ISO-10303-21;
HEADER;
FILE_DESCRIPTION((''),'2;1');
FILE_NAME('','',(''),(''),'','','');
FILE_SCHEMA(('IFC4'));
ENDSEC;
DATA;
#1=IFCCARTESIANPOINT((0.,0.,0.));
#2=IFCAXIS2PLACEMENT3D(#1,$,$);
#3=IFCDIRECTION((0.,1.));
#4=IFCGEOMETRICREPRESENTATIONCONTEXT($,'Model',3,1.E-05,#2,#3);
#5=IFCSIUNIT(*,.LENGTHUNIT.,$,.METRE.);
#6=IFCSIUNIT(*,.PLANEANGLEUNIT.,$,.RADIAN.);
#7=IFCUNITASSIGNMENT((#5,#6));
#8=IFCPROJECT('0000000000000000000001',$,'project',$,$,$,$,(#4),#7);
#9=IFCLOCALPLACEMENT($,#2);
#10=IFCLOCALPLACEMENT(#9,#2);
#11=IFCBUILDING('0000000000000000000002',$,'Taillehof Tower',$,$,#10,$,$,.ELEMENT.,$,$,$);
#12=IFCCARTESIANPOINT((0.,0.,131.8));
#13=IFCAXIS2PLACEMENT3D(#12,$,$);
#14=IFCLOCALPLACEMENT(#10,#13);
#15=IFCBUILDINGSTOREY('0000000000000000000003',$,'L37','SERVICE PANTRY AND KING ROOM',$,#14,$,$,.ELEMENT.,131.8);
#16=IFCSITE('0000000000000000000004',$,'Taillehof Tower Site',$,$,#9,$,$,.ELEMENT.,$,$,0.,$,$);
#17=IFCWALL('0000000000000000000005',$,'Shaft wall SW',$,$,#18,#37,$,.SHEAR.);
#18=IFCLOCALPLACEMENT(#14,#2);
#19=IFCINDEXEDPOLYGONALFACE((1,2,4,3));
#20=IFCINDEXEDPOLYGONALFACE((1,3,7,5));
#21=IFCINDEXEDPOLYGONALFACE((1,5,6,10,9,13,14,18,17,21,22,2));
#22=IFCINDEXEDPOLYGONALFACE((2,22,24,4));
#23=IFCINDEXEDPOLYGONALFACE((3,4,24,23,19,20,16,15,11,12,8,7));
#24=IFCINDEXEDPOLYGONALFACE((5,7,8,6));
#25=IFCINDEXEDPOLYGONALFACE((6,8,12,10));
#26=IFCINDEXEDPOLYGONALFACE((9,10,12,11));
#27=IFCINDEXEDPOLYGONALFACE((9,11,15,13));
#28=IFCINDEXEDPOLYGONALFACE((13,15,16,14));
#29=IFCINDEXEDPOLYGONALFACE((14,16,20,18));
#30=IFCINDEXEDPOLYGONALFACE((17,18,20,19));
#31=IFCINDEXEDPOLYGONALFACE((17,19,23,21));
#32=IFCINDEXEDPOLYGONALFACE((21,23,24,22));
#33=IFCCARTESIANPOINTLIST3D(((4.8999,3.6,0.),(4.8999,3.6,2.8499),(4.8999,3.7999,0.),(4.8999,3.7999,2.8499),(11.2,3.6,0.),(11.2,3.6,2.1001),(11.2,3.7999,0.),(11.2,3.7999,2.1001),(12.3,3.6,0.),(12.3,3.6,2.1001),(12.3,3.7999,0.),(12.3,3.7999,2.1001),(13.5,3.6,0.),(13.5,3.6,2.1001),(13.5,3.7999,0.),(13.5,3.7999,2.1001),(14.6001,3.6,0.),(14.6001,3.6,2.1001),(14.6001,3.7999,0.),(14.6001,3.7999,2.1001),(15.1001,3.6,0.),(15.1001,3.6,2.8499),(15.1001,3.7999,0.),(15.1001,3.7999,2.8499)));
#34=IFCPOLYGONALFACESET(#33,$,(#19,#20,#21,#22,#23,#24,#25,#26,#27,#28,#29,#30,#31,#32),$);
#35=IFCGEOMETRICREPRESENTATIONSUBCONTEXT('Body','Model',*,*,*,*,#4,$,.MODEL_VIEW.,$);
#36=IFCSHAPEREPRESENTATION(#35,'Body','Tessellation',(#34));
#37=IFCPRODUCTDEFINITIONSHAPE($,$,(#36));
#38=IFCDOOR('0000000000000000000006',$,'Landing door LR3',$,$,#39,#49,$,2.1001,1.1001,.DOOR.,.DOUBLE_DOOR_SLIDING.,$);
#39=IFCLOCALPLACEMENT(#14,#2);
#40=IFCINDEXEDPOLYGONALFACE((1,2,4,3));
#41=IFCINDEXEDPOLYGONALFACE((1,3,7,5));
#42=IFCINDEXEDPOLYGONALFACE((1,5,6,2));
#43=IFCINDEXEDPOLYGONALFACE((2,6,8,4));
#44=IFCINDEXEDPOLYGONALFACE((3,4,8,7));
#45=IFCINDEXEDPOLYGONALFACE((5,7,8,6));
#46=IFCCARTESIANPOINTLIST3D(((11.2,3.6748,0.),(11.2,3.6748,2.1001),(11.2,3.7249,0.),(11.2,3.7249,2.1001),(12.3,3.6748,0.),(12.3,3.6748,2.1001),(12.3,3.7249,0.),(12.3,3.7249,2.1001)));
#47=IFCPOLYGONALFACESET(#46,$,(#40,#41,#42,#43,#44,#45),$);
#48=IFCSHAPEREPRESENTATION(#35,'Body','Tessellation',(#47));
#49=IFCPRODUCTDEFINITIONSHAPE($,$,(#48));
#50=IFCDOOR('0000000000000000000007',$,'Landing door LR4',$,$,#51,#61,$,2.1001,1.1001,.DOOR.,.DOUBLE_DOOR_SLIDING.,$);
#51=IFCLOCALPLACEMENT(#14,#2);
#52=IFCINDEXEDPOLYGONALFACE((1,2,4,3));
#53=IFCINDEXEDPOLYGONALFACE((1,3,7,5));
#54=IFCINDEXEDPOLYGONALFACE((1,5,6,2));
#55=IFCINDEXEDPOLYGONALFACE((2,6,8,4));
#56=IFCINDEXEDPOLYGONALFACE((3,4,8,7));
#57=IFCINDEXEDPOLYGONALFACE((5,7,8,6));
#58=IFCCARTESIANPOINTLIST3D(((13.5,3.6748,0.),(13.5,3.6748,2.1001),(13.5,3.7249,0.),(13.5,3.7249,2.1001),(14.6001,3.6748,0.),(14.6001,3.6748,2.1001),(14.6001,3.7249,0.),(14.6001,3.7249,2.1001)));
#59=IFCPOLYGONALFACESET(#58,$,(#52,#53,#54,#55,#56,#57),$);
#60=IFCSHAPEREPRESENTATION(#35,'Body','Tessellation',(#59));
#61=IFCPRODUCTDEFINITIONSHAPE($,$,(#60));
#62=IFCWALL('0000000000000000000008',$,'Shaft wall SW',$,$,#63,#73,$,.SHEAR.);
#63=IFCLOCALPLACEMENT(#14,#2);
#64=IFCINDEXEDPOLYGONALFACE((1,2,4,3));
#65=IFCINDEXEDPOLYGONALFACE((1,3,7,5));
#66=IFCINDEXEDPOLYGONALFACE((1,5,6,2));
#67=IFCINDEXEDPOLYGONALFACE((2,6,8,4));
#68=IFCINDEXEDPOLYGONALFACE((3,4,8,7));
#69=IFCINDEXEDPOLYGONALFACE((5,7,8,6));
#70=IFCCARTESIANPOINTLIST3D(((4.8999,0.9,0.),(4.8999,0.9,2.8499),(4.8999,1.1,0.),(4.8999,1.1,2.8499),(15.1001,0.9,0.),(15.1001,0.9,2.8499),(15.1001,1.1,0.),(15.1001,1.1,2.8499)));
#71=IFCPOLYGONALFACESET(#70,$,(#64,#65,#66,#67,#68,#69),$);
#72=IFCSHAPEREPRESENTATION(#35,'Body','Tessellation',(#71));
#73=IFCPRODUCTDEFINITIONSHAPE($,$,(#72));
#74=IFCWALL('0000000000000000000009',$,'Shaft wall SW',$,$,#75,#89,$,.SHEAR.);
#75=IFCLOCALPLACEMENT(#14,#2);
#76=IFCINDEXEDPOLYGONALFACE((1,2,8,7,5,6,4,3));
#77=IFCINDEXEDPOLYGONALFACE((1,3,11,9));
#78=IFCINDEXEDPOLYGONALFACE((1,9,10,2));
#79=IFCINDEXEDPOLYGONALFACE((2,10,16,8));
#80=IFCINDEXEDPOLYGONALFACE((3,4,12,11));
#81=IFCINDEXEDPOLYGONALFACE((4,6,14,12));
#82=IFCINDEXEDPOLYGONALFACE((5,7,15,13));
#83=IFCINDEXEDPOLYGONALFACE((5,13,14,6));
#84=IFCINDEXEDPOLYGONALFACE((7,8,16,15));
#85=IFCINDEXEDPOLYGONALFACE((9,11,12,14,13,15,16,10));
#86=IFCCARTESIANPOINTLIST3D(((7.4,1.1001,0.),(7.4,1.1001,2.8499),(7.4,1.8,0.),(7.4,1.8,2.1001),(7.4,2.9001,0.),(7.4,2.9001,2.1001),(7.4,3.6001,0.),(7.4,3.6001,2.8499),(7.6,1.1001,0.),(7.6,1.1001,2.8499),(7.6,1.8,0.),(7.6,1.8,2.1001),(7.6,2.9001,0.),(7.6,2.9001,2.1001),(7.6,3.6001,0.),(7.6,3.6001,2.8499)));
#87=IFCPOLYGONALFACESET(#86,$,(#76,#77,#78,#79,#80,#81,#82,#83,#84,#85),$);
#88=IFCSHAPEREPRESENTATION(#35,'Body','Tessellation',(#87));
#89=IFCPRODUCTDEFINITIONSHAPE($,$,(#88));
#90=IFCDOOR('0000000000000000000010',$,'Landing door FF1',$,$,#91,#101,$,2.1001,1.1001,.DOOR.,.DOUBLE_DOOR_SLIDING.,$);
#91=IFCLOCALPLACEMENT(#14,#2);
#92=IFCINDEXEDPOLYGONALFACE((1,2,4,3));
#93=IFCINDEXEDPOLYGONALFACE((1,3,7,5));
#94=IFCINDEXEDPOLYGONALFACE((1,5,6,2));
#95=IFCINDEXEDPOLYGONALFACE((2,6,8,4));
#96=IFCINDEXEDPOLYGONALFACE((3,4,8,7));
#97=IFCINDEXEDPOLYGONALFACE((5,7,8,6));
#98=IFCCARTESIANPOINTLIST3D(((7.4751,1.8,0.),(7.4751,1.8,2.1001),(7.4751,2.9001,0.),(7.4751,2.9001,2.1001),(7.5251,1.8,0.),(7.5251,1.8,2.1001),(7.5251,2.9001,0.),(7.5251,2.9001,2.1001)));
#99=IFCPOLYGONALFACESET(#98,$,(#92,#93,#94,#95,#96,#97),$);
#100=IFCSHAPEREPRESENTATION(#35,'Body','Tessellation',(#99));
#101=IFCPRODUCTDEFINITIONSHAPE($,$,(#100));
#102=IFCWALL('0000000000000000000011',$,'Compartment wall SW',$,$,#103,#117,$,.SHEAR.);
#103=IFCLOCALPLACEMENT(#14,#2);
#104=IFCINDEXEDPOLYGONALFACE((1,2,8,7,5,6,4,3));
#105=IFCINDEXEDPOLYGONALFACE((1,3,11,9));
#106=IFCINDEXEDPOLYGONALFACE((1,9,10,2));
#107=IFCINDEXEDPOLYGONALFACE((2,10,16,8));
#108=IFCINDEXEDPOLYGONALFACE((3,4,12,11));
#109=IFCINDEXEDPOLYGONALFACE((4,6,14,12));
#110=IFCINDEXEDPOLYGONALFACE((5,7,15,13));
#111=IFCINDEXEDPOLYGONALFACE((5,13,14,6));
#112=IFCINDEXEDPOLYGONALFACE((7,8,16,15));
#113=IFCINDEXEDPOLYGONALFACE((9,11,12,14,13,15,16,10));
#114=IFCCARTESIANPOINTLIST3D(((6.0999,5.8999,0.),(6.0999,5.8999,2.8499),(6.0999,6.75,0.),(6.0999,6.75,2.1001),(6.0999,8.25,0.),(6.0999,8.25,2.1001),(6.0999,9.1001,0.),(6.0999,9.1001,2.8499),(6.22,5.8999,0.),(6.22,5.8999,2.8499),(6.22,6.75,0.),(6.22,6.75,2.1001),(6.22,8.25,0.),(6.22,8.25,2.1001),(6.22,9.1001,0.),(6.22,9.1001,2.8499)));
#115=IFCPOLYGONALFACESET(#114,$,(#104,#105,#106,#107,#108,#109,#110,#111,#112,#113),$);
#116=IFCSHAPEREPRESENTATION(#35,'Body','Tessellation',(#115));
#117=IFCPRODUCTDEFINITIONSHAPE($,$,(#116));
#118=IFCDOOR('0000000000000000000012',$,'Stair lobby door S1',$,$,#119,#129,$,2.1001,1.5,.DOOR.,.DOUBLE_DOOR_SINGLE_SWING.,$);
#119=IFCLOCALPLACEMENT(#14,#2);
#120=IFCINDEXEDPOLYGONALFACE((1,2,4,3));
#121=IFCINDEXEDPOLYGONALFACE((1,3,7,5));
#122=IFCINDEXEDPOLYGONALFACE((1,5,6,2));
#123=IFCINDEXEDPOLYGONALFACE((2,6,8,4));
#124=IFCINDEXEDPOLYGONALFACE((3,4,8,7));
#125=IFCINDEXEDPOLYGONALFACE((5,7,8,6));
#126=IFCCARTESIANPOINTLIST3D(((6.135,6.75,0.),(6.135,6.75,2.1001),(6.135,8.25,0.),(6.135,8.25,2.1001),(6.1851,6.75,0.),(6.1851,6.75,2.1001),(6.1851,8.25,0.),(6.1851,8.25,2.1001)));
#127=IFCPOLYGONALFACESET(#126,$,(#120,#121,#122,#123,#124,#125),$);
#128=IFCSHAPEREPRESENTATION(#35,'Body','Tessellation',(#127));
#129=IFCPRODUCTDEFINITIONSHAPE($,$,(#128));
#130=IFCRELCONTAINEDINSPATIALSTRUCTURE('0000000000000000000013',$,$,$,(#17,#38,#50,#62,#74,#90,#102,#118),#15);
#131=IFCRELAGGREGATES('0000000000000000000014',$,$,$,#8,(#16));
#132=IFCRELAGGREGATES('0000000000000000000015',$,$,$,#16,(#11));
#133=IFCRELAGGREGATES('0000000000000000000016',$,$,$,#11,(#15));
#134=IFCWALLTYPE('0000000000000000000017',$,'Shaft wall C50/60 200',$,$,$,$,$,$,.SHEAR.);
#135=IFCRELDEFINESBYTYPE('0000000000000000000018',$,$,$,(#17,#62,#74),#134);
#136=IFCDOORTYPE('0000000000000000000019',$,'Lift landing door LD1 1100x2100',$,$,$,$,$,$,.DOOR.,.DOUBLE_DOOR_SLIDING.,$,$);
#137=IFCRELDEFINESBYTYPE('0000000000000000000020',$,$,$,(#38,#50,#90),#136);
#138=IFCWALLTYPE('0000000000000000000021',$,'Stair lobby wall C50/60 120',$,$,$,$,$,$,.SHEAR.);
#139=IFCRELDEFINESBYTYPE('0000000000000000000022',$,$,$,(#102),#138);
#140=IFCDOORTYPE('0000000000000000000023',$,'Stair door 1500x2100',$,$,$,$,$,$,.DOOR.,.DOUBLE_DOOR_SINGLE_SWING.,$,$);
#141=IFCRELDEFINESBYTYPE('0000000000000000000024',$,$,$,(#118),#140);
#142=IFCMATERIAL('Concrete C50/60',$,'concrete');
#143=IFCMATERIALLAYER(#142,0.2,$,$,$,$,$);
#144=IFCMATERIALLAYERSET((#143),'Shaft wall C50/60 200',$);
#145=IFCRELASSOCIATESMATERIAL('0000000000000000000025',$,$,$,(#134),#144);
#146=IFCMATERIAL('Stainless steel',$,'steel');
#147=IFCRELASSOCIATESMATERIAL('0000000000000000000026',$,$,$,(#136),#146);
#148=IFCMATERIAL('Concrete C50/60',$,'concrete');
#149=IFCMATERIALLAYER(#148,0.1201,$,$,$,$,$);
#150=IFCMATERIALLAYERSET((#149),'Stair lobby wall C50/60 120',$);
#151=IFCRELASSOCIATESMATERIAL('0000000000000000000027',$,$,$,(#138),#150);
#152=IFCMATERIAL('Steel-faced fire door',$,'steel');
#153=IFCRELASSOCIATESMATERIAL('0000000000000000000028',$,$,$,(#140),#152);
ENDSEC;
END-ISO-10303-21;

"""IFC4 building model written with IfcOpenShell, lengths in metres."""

from ifc_helpers import new_model, si_unit, direction, frame, frame_2d, origin, place, context, subcontext, project, spatial, rectangle, extrude, material, layer, layer_set, type_object, element, fill, save


model = new_model("IFC4")

# Units and contexts
model_context = context("Model", 3, precision=1e-05, world=origin(), true_north=direction((0.0, 1.0)))
body_context = subcontext(model_context, "Body", "Model", "MODEL_VIEW")
ifc_project = project(units=[si_unit("LENGTHUNIT", "METRE"), si_unit("PLANEANGLEUNIT", "RADIAN")], contexts=[model_context])

# Site, building, storey
site_placement = place(None, origin())
site = spatial("IfcSite", under=ifc_project, at=site_placement, Name="Taillehof Tower Site", CompositionType="ELEMENT", RefElevation=0.0)
building_placement = place(site_placement, origin())
building = spatial("IfcBuilding", under=site, at=building_placement, Name="Taillehof Tower", CompositionType="ELEMENT")
storey_placement = place(building_placement, frame((0.0, 0.0, 131.8)))
storey = spatial("IfcBuildingStorey", under=building, at=storey_placement, Name="L37", Description="SERVICE PANTRY AND KING ROOM", CompositionType="ELEMENT", Elevation=131.8)

# Wall, openings, doors
ifc_material_1 = material(Name="Concrete C50/60", Category="concrete")
ifc_layer_1 = layer(ifc_material_1, 0.2)
ifc_layer_set_1 = layer_set([ifc_layer_1], Name="Shaft wall C50/60 200")
wall_type_1 = type_object("IfcWallType", Name="Shaft wall C50/60 200", PredefinedType="SHEAR", material=ifc_layer_set_1)
ifc_material_2 = material(Name="Stainless steel", Category="steel")
door_type_1 = type_object("IfcDoorType", Name="Lift landing door LD1 1100x2100", OperationType="DOUBLE_DOOR_SLIDING", PredefinedType="DOOR", material=ifc_material_2)
wall_1_placement = place(storey_placement, frame((4.8999, 3.7, 0.0), z_axis=(0.0, 0.0, 1.0), x_axis=(1.0, 0.0, 0.0)))
wall_1 = element("IfcWall", 1, at=wall_1_placement, inside=storey, type_object=wall_type_1, Name="Shaft wall SW", PredefinedType="SHEAR", context=body_context, shape_type="SweptSolid", body=[
    extrude(rectangle(XDim=10.2002, YDim=0.2, at=frame_2d((5.1001, 0.0))), origin(), (0.0, 0.0, 1.0), 2.8499),
])
opening_1_placement = place(wall_1_placement, frame((6.3, 0.0, 0.0)))
opening_1 = element("IfcOpeningElement", 2, at=opening_1_placement, cuts=wall_1, PredefinedType="OPENING", context=body_context, shape_type="SweptSolid", body=[
    extrude(rectangle(XDim=1.1001, YDim=2.1001, at=frame_2d((0.55, 1.05))), frame((0.0, 0.1099, 0.0), z_axis=(0.0, -1.0, 0.0), x_axis=(1.0, 0.0, 0.0)), (0.0, 0.0, 1.0), 0.22),
])
opening_2_placement = place(wall_1_placement, frame((8.6001, 0.0, 0.0)))
opening_2 = element("IfcOpeningElement", 3, at=opening_2_placement, cuts=wall_1, PredefinedType="OPENING", context=body_context, shape_type="SweptSolid", body=[
    extrude(rectangle(XDim=1.1001, YDim=2.1001, at=frame_2d((0.55, 1.05))), frame((0.0, 0.1099, 0.0), z_axis=(0.0, -1.0, 0.0), x_axis=(1.0, 0.0, 0.0)), (0.0, 0.0, 1.0), 0.22),
])
door_1_placement = place(opening_1_placement, origin())
door_1 = element("IfcDoor", 4, at=door_1_placement, inside=storey, type_object=door_type_1, Name="Landing door LR3", OperationType="DOUBLE_DOOR_SLIDING", OverallHeight=2.1001, OverallWidth=1.1001, PredefinedType="DOOR", context=body_context, shape_type="SweptSolid", body=[
    extrude(rectangle(XDim=1.1001, YDim=2.1001, at=frame_2d((0.55, 1.05))), frame((0.0, 0.0249, 0.0), z_axis=(0.0, -1.0, 0.0), x_axis=(1.0, 0.0, 0.0)), (0.0, 0.0, 1.0), 0.05),
])
fill(opening_1, door_1)
door_2_placement = place(opening_2_placement, origin())
door_2 = element("IfcDoor", 5, at=door_2_placement, inside=storey, type_object=door_type_1, Name="Landing door LR4", OperationType="DOUBLE_DOOR_SLIDING", OverallHeight=2.1001, OverallWidth=1.1001, PredefinedType="DOOR", context=body_context, shape_type="SweptSolid", body=[
    extrude(rectangle(XDim=1.1001, YDim=2.1001, at=frame_2d((0.55, 1.05))), frame((0.0, 0.0249, 0.0), z_axis=(0.0, -1.0, 0.0), x_axis=(1.0, 0.0, 0.0)), (0.0, 0.0, 1.0), 0.05),
])
fill(opening_2, door_2)

# Wall
wall_2_placement = place(storey_placement, frame((4.8999, 1.0, 0.0), z_axis=(0.0, 0.0, 1.0), x_axis=(1.0, 0.0, 0.0)))
element("IfcWall", 6, at=wall_2_placement, inside=storey, type_object=wall_type_1, Name="Shaft wall SW", PredefinedType="SHEAR", context=body_context, shape_type="SweptSolid", body=[
    extrude(rectangle(XDim=10.2002, YDim=0.2, at=frame_2d((5.1001, 0.0))), origin(), (0.0, 0.0, 1.0), 2.8499),
])

# Walls, openings, doors
wall_3_placement = place(storey_placement, frame((7.5, 1.1001, 0.0), z_axis=(0.0, 0.0, 1.0), x_axis=(0.0, 1.0, 0.0)))
wall_3 = element("IfcWall", 7, at=wall_3_placement, inside=storey, type_object=wall_type_1, Name="Shaft wall SW", PredefinedType="SHEAR", context=body_context, shape_type="SweptSolid", body=[
    extrude(rectangle(XDim=2.5, YDim=0.2, at=frame_2d((1.25, 0.0))), origin(), (0.0, 0.0, 1.0), 2.8499),
])
opening_3_placement = place(wall_3_placement, frame((0.7, 0.0, 0.0)))
opening_3 = element("IfcOpeningElement", 8, at=opening_3_placement, cuts=wall_3, PredefinedType="OPENING", context=body_context, shape_type="SweptSolid", body=[
    extrude(rectangle(XDim=1.1001, YDim=2.1001, at=frame_2d((0.55, 1.05))), frame((0.0, 0.1099, 0.0), z_axis=(0.0, -1.0, 0.0), x_axis=(1.0, 0.0, 0.0)), (0.0, 0.0, 1.0), 0.22),
])
door_3_placement = place(opening_3_placement, origin())
door_3 = element("IfcDoor", 9, at=door_3_placement, inside=storey, type_object=door_type_1, Name="Landing door FF1", OperationType="DOUBLE_DOOR_SLIDING", OverallHeight=2.1001, OverallWidth=1.1001, PredefinedType="DOOR", context=body_context, shape_type="SweptSolid", body=[
    extrude(rectangle(XDim=1.1001, YDim=2.1001, at=frame_2d((0.55, 1.05))), frame((0.0, 0.0249, 0.0), z_axis=(0.0, -1.0, 0.0), x_axis=(1.0, 0.0, 0.0)), (0.0, 0.0, 1.0), 0.05),
])
fill(opening_3, door_3)
ifc_material_3 = material(Name="Concrete C50/60", Category="concrete")
ifc_layer_2 = layer(ifc_material_3, 0.1201)
ifc_layer_set_2 = layer_set([ifc_layer_2], Name="Stair lobby wall C50/60 120")
wall_type_2 = type_object("IfcWallType", Name="Stair lobby wall C50/60 120", PredefinedType="SHEAR", material=ifc_layer_set_2)
wall_4_placement = place(storey_placement, frame((6.1599, 5.8999, 0.0), z_axis=(0.0, 0.0, 1.0), x_axis=(0.0, 1.0, 0.0)))
wall_4 = element("IfcWall", 10, at=wall_4_placement, inside=storey, type_object=wall_type_2, Name="Compartment wall SW", PredefinedType="SHEAR", context=body_context, shape_type="SweptSolid", body=[
    extrude(rectangle(XDim=3.2002, YDim=0.1201, at=frame_2d((1.6001, 0.0))), origin(), (0.0, 0.0, 1.0), 2.8499),
])
opening_4_placement = place(wall_4_placement, frame((0.8501, 0.0, 0.0)))
opening_4 = element("IfcOpeningElement", 11, at=opening_4_placement, cuts=wall_4, PredefinedType="OPENING", context=body_context, shape_type="SweptSolid", body=[
    extrude(rectangle(XDim=1.5, YDim=2.1001, at=frame_2d((0.75, 1.05))), frame((0.0, 0.0701, 0.0), z_axis=(0.0, -1.0, 0.0), x_axis=(1.0, 0.0, 0.0)), (0.0, 0.0, 1.0), 0.1401),
])
ifc_material_4 = material(Name="Steel-faced fire door", Category="steel")
door_type_2 = type_object("IfcDoorType", Name="Stair door 1500x2100", OperationType="DOUBLE_DOOR_SINGLE_SWING", PredefinedType="DOOR", material=ifc_material_4)
door_4_placement = place(opening_4_placement, origin())
door_4 = element("IfcDoor", 12, at=door_4_placement, inside=storey, type_object=door_type_2, Name="Stair lobby door S1", OperationType="DOUBLE_DOOR_SINGLE_SWING", OverallHeight=2.1001, OverallWidth=1.5, PredefinedType="DOOR", context=body_context, shape_type="SweptSolid", body=[
    extrude(rectangle(XDim=1.5, YDim=2.1001, at=frame_2d((0.75, 1.05))), frame((0.0, 0.0249, 0.0), z_axis=(0.0, -1.0, 0.0), x_axis=(1.0, 0.0, 0.0)), (0.0, 0.0, 1.0), 0.05),
])
fill(opening_4, door_4)

save(model, "model.ifc")
